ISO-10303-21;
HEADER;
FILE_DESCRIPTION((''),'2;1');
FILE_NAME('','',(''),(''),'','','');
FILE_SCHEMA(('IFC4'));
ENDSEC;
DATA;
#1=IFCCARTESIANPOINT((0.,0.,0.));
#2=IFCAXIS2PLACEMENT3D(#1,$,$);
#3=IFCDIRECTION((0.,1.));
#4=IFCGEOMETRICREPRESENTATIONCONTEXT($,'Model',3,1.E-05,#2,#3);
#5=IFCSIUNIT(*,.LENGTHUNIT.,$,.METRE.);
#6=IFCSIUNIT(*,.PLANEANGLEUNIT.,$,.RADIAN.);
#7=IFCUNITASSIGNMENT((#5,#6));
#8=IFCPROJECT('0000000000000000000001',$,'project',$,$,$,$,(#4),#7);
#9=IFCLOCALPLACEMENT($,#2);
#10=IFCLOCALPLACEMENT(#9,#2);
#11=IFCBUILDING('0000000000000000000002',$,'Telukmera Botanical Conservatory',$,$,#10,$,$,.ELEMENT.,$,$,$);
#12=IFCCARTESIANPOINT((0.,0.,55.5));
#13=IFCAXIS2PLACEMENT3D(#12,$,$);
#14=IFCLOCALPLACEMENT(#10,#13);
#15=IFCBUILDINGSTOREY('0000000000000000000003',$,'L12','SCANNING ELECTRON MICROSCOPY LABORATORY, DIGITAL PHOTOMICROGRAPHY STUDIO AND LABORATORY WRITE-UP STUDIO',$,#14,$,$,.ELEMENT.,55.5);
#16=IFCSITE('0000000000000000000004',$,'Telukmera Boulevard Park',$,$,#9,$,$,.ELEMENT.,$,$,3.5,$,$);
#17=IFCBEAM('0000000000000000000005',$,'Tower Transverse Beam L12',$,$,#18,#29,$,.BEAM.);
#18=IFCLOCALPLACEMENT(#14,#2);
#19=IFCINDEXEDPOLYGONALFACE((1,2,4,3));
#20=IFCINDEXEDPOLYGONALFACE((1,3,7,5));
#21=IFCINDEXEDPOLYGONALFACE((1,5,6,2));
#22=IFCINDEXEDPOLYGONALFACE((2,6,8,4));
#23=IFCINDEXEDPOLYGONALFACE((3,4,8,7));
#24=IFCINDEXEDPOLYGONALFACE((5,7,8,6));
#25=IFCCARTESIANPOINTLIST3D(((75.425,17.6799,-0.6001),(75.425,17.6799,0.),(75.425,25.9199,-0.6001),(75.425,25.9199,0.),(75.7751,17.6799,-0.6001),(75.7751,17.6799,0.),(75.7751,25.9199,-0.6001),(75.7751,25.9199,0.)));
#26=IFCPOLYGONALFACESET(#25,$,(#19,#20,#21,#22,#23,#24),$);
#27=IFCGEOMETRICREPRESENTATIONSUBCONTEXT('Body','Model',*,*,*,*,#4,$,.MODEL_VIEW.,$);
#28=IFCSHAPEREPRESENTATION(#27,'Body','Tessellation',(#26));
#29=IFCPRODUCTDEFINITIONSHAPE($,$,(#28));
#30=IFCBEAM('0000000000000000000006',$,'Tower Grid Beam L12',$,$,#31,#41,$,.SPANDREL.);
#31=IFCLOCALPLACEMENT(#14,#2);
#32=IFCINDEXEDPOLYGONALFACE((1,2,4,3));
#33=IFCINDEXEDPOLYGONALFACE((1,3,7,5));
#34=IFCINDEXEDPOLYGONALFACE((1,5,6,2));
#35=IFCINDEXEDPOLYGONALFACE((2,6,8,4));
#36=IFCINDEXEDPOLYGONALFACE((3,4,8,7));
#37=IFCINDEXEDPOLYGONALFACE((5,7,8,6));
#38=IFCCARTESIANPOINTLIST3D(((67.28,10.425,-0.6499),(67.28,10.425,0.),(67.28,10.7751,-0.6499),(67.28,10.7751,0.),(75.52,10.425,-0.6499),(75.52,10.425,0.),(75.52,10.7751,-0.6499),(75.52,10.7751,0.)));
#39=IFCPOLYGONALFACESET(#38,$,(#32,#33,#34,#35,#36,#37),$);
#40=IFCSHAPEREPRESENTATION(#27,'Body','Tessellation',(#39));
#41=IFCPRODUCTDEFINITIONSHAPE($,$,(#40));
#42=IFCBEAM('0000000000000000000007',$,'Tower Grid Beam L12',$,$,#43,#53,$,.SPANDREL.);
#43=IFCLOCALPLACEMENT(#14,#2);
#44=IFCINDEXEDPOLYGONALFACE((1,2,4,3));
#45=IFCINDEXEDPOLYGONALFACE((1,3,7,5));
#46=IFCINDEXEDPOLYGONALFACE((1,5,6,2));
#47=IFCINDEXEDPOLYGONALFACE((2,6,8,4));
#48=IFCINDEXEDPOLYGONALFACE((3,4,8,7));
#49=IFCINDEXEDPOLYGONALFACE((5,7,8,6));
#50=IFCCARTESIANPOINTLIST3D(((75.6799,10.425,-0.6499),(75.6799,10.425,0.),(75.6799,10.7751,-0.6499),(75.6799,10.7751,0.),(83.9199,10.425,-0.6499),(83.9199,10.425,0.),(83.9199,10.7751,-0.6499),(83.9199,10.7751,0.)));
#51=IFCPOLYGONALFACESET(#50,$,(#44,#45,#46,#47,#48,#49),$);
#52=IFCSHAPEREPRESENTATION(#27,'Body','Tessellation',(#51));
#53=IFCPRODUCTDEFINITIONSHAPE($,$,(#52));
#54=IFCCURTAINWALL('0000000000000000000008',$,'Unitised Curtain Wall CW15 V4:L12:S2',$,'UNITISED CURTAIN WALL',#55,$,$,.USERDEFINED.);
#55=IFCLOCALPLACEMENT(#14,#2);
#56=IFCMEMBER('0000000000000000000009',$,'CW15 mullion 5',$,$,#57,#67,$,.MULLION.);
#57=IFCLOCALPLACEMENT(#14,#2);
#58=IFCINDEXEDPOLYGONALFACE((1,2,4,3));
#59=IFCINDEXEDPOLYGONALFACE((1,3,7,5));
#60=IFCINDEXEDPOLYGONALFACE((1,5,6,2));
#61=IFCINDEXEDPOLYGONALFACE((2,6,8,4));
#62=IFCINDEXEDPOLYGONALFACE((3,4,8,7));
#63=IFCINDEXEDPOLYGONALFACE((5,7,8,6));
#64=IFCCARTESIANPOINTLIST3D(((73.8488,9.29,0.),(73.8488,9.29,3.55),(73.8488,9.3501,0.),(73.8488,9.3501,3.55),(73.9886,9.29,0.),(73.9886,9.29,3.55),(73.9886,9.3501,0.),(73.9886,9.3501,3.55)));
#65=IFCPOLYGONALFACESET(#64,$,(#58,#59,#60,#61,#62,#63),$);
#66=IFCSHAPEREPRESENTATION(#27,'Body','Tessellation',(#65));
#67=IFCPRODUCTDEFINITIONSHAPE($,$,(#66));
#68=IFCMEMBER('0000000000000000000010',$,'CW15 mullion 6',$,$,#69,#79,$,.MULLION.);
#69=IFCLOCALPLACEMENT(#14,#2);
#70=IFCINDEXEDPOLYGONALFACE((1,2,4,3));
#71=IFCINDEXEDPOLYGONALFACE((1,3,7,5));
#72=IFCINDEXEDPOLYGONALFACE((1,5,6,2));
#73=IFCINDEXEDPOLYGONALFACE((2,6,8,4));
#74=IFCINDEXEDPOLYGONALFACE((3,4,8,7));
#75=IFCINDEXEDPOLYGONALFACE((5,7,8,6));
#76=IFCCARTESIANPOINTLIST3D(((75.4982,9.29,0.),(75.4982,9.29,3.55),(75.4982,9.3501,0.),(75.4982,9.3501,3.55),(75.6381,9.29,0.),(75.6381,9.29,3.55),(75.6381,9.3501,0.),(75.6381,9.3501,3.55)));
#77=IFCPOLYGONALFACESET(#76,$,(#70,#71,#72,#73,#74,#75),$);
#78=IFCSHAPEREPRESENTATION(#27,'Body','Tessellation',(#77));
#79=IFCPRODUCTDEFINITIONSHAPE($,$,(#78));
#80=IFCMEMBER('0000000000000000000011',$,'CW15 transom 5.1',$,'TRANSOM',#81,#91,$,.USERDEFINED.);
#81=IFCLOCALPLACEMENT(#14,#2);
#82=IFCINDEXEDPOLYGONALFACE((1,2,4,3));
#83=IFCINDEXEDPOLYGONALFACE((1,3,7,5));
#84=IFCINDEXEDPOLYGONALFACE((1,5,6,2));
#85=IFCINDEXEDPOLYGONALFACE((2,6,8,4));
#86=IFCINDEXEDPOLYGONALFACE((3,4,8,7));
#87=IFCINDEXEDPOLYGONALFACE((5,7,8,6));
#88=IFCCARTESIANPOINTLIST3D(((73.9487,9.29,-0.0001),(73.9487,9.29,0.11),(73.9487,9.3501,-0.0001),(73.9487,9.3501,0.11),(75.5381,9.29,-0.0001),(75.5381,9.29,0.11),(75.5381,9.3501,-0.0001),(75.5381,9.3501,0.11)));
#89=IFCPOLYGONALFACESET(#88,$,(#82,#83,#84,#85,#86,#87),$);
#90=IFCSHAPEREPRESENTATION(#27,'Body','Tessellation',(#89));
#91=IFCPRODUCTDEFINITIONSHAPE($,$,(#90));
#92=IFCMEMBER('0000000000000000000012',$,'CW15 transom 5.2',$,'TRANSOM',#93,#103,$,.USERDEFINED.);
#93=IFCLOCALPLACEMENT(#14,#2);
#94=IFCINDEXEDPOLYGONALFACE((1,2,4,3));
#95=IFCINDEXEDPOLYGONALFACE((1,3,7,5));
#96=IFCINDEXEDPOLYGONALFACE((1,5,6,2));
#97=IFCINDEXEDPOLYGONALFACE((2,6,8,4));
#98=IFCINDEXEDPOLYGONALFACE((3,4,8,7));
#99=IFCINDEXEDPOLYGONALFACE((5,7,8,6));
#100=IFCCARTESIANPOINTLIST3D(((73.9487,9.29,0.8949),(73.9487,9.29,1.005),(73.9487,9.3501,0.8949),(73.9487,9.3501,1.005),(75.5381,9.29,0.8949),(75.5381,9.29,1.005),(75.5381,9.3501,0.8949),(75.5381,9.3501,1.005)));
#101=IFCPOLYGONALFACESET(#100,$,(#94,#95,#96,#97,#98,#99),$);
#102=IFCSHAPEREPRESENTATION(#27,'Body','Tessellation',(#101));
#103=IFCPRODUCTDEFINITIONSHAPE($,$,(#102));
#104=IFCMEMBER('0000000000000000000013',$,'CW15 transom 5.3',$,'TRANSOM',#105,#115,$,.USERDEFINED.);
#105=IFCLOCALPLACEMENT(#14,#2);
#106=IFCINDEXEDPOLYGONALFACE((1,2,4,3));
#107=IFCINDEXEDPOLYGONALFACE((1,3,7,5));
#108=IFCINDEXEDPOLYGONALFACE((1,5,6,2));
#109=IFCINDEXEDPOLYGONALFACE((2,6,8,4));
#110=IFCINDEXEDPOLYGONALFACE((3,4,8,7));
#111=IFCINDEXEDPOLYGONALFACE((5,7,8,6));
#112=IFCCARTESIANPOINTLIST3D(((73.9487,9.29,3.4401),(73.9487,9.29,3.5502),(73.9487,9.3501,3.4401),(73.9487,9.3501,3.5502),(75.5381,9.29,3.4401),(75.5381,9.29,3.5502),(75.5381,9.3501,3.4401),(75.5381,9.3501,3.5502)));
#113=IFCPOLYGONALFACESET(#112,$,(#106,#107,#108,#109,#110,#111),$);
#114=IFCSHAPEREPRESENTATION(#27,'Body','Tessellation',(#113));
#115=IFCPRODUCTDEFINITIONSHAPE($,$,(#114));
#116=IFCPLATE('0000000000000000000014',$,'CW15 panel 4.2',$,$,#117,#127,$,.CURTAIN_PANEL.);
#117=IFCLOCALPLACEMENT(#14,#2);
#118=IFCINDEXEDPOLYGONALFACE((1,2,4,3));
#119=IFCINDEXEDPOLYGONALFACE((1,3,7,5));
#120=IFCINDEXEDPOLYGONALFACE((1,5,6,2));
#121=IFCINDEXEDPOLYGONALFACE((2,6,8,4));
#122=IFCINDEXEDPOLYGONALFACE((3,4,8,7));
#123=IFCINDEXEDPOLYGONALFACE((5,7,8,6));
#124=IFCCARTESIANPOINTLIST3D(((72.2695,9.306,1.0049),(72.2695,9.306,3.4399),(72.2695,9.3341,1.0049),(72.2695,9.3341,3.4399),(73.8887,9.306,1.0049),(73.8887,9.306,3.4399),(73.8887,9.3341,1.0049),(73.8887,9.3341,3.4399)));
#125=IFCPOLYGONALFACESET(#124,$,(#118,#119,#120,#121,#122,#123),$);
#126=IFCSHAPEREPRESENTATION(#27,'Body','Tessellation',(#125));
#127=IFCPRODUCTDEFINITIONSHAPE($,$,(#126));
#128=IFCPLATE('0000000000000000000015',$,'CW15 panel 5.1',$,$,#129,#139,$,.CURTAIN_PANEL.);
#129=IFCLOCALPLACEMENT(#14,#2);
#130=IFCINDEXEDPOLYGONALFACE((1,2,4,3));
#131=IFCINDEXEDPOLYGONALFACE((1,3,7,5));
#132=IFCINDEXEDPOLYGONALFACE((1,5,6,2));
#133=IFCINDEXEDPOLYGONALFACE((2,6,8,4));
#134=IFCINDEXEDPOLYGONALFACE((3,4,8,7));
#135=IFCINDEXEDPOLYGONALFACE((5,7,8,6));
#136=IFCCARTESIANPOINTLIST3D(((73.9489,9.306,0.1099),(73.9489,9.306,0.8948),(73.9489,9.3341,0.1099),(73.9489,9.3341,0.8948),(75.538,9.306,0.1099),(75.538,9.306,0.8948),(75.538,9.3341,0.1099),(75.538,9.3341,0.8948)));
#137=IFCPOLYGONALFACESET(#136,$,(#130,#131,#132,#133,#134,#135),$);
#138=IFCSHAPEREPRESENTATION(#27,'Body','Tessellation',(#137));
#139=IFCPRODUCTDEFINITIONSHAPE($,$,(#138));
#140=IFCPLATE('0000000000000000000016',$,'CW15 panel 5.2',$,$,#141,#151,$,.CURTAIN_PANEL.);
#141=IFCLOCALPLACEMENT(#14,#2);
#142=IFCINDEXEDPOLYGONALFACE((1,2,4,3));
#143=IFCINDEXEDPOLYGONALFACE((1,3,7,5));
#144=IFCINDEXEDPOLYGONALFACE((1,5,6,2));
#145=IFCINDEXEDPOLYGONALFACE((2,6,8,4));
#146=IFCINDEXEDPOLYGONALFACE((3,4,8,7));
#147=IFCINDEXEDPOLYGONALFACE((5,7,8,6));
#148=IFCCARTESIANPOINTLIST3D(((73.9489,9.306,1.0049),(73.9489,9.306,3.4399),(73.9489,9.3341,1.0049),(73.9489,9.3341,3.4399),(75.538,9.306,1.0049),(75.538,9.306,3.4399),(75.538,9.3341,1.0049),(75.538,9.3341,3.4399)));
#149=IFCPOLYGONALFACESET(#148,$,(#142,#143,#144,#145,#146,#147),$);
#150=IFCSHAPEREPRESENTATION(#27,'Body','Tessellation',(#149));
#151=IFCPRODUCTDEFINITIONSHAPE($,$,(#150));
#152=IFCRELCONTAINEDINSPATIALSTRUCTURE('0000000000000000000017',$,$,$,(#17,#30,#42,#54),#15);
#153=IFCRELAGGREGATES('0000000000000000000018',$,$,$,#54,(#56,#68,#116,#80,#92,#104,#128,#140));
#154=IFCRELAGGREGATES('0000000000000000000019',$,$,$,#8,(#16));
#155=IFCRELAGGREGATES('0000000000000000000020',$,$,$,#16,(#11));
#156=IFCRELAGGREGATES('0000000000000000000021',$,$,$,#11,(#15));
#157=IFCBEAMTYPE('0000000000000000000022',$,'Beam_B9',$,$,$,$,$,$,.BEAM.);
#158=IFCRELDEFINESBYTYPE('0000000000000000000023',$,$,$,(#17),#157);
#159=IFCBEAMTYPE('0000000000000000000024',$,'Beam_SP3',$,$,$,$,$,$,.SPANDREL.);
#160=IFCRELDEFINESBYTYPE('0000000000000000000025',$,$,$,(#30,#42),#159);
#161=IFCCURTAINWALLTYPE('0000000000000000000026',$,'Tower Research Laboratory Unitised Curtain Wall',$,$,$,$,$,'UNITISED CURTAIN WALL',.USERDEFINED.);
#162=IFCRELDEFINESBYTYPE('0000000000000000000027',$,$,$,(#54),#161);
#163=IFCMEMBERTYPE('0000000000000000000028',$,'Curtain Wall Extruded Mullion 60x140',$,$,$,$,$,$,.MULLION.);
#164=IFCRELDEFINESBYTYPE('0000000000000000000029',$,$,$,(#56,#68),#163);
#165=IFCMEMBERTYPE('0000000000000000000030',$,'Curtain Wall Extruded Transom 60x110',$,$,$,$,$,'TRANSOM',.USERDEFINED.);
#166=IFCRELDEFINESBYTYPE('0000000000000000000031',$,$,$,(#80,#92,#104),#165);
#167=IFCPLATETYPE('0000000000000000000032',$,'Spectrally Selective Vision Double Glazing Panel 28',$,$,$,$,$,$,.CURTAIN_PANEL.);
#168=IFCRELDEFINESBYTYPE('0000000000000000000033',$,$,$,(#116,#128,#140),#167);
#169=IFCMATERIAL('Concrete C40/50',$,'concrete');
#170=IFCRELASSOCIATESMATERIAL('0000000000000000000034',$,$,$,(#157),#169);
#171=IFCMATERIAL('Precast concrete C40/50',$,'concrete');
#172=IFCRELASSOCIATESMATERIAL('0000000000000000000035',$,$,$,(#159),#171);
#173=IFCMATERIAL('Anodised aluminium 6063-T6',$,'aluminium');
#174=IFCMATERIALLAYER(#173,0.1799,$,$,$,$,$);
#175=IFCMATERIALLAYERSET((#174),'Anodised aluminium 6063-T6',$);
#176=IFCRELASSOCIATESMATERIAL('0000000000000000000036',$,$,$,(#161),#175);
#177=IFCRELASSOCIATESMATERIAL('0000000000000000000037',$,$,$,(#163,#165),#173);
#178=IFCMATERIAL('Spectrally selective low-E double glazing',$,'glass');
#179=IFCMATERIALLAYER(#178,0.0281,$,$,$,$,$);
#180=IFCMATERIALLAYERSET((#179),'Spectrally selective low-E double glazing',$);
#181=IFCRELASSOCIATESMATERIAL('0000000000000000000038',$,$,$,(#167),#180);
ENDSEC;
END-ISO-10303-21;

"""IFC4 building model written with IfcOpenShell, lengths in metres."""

from ifc_helpers import new_model, si_unit, direction, frame, origin, origin_2d, place, context, subcontext, project, spatial, rectangle, extrude, material, layer, layer_set, material_profile, profile_set, type_object, element, aggregate, save


model = new_model("IFC4")

# Units and contexts
model_context = context("Model", 3, precision=1e-05, world=origin(), true_north=direction((0.0, 1.0)))
body_context = subcontext(model_context, "Body", "Model", "MODEL_VIEW")
ifc_project = project(units=[si_unit("LENGTHUNIT", "METRE"), si_unit("PLANEANGLEUNIT", "RADIAN")], contexts=[model_context])

# Site, building, storey
site_placement = place(None, origin())
site = spatial("IfcSite", under=ifc_project, at=site_placement, Name="Telukmera Boulevard Park", CompositionType="ELEMENT", RefElevation=3.5)
building_placement = place(site_placement, origin())
building = spatial("IfcBuilding", under=site, at=building_placement, Name="Telukmera Botanical Conservatory", CompositionType="ELEMENT")
storey_placement = place(building_placement, frame((0.0, 0.0, 55.5)))
storey = spatial("IfcBuildingStorey", under=building, at=storey_placement, Name="L12", Description="SCANNING ELECTRON MICROSCOPY LABORATORY, DIGITAL PHOTOMICROGRAPHY STUDIO AND LABORATORY WRITE-UP STUDIO", CompositionType="ELEMENT", Elevation=55.5)

# Shared definitions
ifc_material_1 = material(Name="Concrete C40/50", Category="concrete")

# Beams
ifc_material_profile_1 = material_profile(ifc_material_1, rectangle(XDim=0.3501, YDim=0.6001, at=origin_2d()), Name="RC 350x600")
ifc_profile_set_1 = profile_set([ifc_material_profile_1], Name="Concrete C40/50")
beam_type_1 = type_object("IfcBeamType", Name="Beam_B9", PredefinedType="BEAM", material=ifc_profile_set_1)
beam_1_placement = place(storey_placement, frame((75.6001, 17.6799, -0.3), z_axis=(0.0, 1.0, 0.0), x_axis=(-1.0, 0.0, 0.0)))
element("IfcBeam", 1, at=beam_1_placement, inside=storey, type_object=beam_type_1, Name="Tower Transverse Beam L12", PredefinedType="BEAM", context=body_context, shape_type="SweptSolid", body=[
    extrude(rectangle(XDim=0.3501, YDim=0.6001, at=origin_2d()), origin(), (0.0, 0.0, 1.0), 8.24),
])
ifc_material_2 = material(Name="Precast concrete C40/50", Category="concrete")
ifc_material_profile_2 = material_profile(ifc_material_2, rectangle(XDim=0.3501, YDim=0.6499, at=origin_2d()), Name="PC 350x650")
ifc_profile_set_2 = profile_set([ifc_material_profile_2], Name="Precast concrete C40/50")
beam_type_2 = type_object("IfcBeamType", Name="Beam_SP3", PredefinedType="SPANDREL", material=ifc_profile_set_2)
for number, where, z_axis, x_axis, name in (
    (2, (67.28, 10.6001, -0.325), (1.0, 0.0, 0.0), (0.0, 1.0, 0.0), "Tower Grid Beam L12"),
    (3, (75.6799, 10.6001, -0.325), (1.0, 0.0, 0.0), (0.0, 1.0, 0.0), "Tower Grid Beam L12"),
):
    element("IfcBeam", number, at=place(storey_placement, frame(where, z_axis=z_axis, x_axis=x_axis)), inside=storey, type_object=beam_type_2, Name=name, PredefinedType="SPANDREL", context=body_context, shape_type="SweptSolid", body=[
        extrude(rectangle(XDim=0.3501, YDim=0.6499, at=origin_2d()), origin(), (0.0, 0.0, 1.0), 8.24),
    ])

# Curtain wall, members, plates
ifc_material_3 = material(Name="Anodised aluminium 6063-T6", Category="aluminium")
ifc_layer_1 = layer(ifc_material_3, 0.1799)
ifc_layer_set_1 = layer_set([ifc_layer_1], Name="Anodised aluminium 6063-T6")
curtain_wall_type = type_object("IfcCurtainWallType", Name="Tower Research Laboratory Unitised Curtain Wall", ElementType="UNITISED CURTAIN WALL", PredefinedType="USERDEFINED", material=ifc_layer_set_1)
curtain_wall_placement = place(storey_placement, origin())
curtain_wall = element("IfcCurtainWall", 4, at=curtain_wall_placement, inside=storey, type_object=curtain_wall_type, Name="Unitised Curtain Wall CW15 V4:L12:S2", ObjectType="UNITISED CURTAIN WALL", PredefinedType="USERDEFINED")
ifc_material_profile_3 = material_profile(ifc_material_3, rectangle(XDim=0.0601, YDim=0.1399, at=origin_2d()), Name="ALU MULL 60x140")
ifc_profile_set_3 = profile_set([ifc_material_profile_3], Name="Anodised aluminium 6063-T6")
member_type_1 = type_object("IfcMemberType", Name="Curtain Wall Extruded Mullion 60x140", PredefinedType="MULLION", material=ifc_profile_set_3)
member_1_placement = place(storey_placement, frame((73.9187, 9.3201, 0.0), z_axis=(0.0, 0.0, 1.0), x_axis=(0.0, 1.0, 0.0)))
member_1 = element("IfcMember", 5, at=member_1_placement, type_object=member_type_1, Name="CW15 mullion 5", PredefinedType="MULLION", context=body_context, shape_type="SweptSolid", body=[
    extrude(rectangle(XDim=0.0601, YDim=0.1399, at=origin_2d()), origin(), (0.0, 0.0, 1.0), 3.55),
])
member_2_placement = place(storey_placement, frame((75.5681, 9.3201, 0.0), z_axis=(0.0, 0.0, 1.0), x_axis=(0.0, 1.0, 0.0)))
member_2 = element("IfcMember", 6, at=member_2_placement, type_object=member_type_1, Name="CW15 mullion 6", PredefinedType="MULLION", context=body_context, shape_type="SweptSolid", body=[
    extrude(rectangle(XDim=0.0601, YDim=0.1399, at=origin_2d()), origin(), (0.0, 0.0, 1.0), 3.55),
])
ifc_material_profile_4 = material_profile(ifc_material_3, rectangle(XDim=0.0601, YDim=0.1101, at=origin_2d()), Name="ALU TRAN 60x110")
ifc_profile_set_4 = profile_set([ifc_material_profile_4], Name="Anodised aluminium 6063-T6")
member_type_2 = type_object("IfcMemberType", Name="Curtain Wall Extruded Transom 60x110", ElementType="TRANSOM", PredefinedType="USERDEFINED", material=ifc_profile_set_4)
member_3_placement = place(storey_placement, frame((73.9487, 9.3201, 0.0549), z_axis=(1.0, 0.0, 0.0), x_axis=(0.0, 1.0, 0.0)))
member_3 = element("IfcMember", 7, at=member_3_placement, type_object=member_type_2, Name="CW15 transom 5.1", ObjectType="TRANSOM", PredefinedType="USERDEFINED", context=body_context, shape_type="SweptSolid", body=[
    extrude(rectangle(XDim=0.0601, YDim=0.1101, at=origin_2d()), origin(), (0.0, 0.0, 1.0), 1.5894),
])
member_4_placement = place(storey_placement, frame((73.9487, 9.3201, 0.95), z_axis=(1.0, 0.0, 0.0), x_axis=(0.0, 1.0, 0.0)))
member_4 = element("IfcMember", 8, at=member_4_placement, type_object=member_type_2, Name="CW15 transom 5.2", ObjectType="TRANSOM", PredefinedType="USERDEFINED", context=body_context, shape_type="SweptSolid", body=[
    extrude(rectangle(XDim=0.0601, YDim=0.1101, at=origin_2d()), origin(), (0.0, 0.0, 1.0), 1.5894),
])
member_5_placement = place(storey_placement, frame((73.9487, 9.3201, 3.4951), z_axis=(1.0, 0.0, 0.0), x_axis=(0.0, 1.0, 0.0)))
member_5 = element("IfcMember", 9, at=member_5_placement, type_object=member_type_2, Name="CW15 transom 5.3", ObjectType="TRANSOM", PredefinedType="USERDEFINED", context=body_context, shape_type="SweptSolid", body=[
    extrude(rectangle(XDim=0.0601, YDim=0.1101, at=origin_2d()), origin(), (0.0, 0.0, 1.0), 1.5894),
])
ifc_material_4 = material(Name="Spectrally selective low-E double glazing", Category="glass")
ifc_layer_2 = layer(ifc_material_4, 0.0281)
ifc_layer_set_2 = layer_set([ifc_layer_2], Name="Spectrally selective low-E double glazing")
plate_type = type_object("IfcPlateType", Name="Spectrally Selective Vision Double Glazing Panel 28", PredefinedType="CURTAIN_PANEL", material=ifc_layer_set_2)
plate_1_placement = place(storey_placement, frame((73.0791, 9.3201, 1.0049), z_axis=(0.0, 0.0, 1.0), x_axis=(1.0, 0.0, 0.0)))
plate_1 = element("IfcPlate", 10, at=plate_1_placement, type_object=plate_type, Name="CW15 panel 4.2", PredefinedType="CURTAIN_PANEL", context=body_context, shape_type="SweptSolid", body=[
    extrude(rectangle(XDim=1.6191, YDim=0.0281, at=origin_2d()), origin(), (0.0, 0.0, 1.0), 2.4351),
])
plate_2_placement = place(storey_placement, frame((74.7434, 9.3201, 0.1099), z_axis=(0.0, 0.0, 1.0), x_axis=(1.0, 0.0, 0.0)))
plate_2 = element("IfcPlate", 11, at=plate_2_placement, type_object=plate_type, Name="CW15 panel 5.1", PredefinedType="CURTAIN_PANEL", context=body_context, shape_type="SweptSolid", body=[
    extrude(rectangle(XDim=1.5891, YDim=0.0281, at=origin_2d()), origin(), (0.0, 0.0, 1.0), 0.7849),
])
plate_3_placement = place(storey_placement, frame((74.7434, 9.3201, 1.0049), z_axis=(0.0, 0.0, 1.0), x_axis=(1.0, 0.0, 0.0)))
plate_3 = element("IfcPlate", 12, at=plate_3_placement, type_object=plate_type, Name="CW15 panel 5.2", PredefinedType="CURTAIN_PANEL", context=body_context, shape_type="SweptSolid", body=[
    extrude(rectangle(XDim=1.5891, YDim=0.0281, at=origin_2d()), origin(), (0.0, 0.0, 1.0), 2.4351),
])
aggregate(curtain_wall, [member_1, member_2, plate_1, member_3, member_4, member_5, plate_2, plate_3])

save(model, "model.ifc")
